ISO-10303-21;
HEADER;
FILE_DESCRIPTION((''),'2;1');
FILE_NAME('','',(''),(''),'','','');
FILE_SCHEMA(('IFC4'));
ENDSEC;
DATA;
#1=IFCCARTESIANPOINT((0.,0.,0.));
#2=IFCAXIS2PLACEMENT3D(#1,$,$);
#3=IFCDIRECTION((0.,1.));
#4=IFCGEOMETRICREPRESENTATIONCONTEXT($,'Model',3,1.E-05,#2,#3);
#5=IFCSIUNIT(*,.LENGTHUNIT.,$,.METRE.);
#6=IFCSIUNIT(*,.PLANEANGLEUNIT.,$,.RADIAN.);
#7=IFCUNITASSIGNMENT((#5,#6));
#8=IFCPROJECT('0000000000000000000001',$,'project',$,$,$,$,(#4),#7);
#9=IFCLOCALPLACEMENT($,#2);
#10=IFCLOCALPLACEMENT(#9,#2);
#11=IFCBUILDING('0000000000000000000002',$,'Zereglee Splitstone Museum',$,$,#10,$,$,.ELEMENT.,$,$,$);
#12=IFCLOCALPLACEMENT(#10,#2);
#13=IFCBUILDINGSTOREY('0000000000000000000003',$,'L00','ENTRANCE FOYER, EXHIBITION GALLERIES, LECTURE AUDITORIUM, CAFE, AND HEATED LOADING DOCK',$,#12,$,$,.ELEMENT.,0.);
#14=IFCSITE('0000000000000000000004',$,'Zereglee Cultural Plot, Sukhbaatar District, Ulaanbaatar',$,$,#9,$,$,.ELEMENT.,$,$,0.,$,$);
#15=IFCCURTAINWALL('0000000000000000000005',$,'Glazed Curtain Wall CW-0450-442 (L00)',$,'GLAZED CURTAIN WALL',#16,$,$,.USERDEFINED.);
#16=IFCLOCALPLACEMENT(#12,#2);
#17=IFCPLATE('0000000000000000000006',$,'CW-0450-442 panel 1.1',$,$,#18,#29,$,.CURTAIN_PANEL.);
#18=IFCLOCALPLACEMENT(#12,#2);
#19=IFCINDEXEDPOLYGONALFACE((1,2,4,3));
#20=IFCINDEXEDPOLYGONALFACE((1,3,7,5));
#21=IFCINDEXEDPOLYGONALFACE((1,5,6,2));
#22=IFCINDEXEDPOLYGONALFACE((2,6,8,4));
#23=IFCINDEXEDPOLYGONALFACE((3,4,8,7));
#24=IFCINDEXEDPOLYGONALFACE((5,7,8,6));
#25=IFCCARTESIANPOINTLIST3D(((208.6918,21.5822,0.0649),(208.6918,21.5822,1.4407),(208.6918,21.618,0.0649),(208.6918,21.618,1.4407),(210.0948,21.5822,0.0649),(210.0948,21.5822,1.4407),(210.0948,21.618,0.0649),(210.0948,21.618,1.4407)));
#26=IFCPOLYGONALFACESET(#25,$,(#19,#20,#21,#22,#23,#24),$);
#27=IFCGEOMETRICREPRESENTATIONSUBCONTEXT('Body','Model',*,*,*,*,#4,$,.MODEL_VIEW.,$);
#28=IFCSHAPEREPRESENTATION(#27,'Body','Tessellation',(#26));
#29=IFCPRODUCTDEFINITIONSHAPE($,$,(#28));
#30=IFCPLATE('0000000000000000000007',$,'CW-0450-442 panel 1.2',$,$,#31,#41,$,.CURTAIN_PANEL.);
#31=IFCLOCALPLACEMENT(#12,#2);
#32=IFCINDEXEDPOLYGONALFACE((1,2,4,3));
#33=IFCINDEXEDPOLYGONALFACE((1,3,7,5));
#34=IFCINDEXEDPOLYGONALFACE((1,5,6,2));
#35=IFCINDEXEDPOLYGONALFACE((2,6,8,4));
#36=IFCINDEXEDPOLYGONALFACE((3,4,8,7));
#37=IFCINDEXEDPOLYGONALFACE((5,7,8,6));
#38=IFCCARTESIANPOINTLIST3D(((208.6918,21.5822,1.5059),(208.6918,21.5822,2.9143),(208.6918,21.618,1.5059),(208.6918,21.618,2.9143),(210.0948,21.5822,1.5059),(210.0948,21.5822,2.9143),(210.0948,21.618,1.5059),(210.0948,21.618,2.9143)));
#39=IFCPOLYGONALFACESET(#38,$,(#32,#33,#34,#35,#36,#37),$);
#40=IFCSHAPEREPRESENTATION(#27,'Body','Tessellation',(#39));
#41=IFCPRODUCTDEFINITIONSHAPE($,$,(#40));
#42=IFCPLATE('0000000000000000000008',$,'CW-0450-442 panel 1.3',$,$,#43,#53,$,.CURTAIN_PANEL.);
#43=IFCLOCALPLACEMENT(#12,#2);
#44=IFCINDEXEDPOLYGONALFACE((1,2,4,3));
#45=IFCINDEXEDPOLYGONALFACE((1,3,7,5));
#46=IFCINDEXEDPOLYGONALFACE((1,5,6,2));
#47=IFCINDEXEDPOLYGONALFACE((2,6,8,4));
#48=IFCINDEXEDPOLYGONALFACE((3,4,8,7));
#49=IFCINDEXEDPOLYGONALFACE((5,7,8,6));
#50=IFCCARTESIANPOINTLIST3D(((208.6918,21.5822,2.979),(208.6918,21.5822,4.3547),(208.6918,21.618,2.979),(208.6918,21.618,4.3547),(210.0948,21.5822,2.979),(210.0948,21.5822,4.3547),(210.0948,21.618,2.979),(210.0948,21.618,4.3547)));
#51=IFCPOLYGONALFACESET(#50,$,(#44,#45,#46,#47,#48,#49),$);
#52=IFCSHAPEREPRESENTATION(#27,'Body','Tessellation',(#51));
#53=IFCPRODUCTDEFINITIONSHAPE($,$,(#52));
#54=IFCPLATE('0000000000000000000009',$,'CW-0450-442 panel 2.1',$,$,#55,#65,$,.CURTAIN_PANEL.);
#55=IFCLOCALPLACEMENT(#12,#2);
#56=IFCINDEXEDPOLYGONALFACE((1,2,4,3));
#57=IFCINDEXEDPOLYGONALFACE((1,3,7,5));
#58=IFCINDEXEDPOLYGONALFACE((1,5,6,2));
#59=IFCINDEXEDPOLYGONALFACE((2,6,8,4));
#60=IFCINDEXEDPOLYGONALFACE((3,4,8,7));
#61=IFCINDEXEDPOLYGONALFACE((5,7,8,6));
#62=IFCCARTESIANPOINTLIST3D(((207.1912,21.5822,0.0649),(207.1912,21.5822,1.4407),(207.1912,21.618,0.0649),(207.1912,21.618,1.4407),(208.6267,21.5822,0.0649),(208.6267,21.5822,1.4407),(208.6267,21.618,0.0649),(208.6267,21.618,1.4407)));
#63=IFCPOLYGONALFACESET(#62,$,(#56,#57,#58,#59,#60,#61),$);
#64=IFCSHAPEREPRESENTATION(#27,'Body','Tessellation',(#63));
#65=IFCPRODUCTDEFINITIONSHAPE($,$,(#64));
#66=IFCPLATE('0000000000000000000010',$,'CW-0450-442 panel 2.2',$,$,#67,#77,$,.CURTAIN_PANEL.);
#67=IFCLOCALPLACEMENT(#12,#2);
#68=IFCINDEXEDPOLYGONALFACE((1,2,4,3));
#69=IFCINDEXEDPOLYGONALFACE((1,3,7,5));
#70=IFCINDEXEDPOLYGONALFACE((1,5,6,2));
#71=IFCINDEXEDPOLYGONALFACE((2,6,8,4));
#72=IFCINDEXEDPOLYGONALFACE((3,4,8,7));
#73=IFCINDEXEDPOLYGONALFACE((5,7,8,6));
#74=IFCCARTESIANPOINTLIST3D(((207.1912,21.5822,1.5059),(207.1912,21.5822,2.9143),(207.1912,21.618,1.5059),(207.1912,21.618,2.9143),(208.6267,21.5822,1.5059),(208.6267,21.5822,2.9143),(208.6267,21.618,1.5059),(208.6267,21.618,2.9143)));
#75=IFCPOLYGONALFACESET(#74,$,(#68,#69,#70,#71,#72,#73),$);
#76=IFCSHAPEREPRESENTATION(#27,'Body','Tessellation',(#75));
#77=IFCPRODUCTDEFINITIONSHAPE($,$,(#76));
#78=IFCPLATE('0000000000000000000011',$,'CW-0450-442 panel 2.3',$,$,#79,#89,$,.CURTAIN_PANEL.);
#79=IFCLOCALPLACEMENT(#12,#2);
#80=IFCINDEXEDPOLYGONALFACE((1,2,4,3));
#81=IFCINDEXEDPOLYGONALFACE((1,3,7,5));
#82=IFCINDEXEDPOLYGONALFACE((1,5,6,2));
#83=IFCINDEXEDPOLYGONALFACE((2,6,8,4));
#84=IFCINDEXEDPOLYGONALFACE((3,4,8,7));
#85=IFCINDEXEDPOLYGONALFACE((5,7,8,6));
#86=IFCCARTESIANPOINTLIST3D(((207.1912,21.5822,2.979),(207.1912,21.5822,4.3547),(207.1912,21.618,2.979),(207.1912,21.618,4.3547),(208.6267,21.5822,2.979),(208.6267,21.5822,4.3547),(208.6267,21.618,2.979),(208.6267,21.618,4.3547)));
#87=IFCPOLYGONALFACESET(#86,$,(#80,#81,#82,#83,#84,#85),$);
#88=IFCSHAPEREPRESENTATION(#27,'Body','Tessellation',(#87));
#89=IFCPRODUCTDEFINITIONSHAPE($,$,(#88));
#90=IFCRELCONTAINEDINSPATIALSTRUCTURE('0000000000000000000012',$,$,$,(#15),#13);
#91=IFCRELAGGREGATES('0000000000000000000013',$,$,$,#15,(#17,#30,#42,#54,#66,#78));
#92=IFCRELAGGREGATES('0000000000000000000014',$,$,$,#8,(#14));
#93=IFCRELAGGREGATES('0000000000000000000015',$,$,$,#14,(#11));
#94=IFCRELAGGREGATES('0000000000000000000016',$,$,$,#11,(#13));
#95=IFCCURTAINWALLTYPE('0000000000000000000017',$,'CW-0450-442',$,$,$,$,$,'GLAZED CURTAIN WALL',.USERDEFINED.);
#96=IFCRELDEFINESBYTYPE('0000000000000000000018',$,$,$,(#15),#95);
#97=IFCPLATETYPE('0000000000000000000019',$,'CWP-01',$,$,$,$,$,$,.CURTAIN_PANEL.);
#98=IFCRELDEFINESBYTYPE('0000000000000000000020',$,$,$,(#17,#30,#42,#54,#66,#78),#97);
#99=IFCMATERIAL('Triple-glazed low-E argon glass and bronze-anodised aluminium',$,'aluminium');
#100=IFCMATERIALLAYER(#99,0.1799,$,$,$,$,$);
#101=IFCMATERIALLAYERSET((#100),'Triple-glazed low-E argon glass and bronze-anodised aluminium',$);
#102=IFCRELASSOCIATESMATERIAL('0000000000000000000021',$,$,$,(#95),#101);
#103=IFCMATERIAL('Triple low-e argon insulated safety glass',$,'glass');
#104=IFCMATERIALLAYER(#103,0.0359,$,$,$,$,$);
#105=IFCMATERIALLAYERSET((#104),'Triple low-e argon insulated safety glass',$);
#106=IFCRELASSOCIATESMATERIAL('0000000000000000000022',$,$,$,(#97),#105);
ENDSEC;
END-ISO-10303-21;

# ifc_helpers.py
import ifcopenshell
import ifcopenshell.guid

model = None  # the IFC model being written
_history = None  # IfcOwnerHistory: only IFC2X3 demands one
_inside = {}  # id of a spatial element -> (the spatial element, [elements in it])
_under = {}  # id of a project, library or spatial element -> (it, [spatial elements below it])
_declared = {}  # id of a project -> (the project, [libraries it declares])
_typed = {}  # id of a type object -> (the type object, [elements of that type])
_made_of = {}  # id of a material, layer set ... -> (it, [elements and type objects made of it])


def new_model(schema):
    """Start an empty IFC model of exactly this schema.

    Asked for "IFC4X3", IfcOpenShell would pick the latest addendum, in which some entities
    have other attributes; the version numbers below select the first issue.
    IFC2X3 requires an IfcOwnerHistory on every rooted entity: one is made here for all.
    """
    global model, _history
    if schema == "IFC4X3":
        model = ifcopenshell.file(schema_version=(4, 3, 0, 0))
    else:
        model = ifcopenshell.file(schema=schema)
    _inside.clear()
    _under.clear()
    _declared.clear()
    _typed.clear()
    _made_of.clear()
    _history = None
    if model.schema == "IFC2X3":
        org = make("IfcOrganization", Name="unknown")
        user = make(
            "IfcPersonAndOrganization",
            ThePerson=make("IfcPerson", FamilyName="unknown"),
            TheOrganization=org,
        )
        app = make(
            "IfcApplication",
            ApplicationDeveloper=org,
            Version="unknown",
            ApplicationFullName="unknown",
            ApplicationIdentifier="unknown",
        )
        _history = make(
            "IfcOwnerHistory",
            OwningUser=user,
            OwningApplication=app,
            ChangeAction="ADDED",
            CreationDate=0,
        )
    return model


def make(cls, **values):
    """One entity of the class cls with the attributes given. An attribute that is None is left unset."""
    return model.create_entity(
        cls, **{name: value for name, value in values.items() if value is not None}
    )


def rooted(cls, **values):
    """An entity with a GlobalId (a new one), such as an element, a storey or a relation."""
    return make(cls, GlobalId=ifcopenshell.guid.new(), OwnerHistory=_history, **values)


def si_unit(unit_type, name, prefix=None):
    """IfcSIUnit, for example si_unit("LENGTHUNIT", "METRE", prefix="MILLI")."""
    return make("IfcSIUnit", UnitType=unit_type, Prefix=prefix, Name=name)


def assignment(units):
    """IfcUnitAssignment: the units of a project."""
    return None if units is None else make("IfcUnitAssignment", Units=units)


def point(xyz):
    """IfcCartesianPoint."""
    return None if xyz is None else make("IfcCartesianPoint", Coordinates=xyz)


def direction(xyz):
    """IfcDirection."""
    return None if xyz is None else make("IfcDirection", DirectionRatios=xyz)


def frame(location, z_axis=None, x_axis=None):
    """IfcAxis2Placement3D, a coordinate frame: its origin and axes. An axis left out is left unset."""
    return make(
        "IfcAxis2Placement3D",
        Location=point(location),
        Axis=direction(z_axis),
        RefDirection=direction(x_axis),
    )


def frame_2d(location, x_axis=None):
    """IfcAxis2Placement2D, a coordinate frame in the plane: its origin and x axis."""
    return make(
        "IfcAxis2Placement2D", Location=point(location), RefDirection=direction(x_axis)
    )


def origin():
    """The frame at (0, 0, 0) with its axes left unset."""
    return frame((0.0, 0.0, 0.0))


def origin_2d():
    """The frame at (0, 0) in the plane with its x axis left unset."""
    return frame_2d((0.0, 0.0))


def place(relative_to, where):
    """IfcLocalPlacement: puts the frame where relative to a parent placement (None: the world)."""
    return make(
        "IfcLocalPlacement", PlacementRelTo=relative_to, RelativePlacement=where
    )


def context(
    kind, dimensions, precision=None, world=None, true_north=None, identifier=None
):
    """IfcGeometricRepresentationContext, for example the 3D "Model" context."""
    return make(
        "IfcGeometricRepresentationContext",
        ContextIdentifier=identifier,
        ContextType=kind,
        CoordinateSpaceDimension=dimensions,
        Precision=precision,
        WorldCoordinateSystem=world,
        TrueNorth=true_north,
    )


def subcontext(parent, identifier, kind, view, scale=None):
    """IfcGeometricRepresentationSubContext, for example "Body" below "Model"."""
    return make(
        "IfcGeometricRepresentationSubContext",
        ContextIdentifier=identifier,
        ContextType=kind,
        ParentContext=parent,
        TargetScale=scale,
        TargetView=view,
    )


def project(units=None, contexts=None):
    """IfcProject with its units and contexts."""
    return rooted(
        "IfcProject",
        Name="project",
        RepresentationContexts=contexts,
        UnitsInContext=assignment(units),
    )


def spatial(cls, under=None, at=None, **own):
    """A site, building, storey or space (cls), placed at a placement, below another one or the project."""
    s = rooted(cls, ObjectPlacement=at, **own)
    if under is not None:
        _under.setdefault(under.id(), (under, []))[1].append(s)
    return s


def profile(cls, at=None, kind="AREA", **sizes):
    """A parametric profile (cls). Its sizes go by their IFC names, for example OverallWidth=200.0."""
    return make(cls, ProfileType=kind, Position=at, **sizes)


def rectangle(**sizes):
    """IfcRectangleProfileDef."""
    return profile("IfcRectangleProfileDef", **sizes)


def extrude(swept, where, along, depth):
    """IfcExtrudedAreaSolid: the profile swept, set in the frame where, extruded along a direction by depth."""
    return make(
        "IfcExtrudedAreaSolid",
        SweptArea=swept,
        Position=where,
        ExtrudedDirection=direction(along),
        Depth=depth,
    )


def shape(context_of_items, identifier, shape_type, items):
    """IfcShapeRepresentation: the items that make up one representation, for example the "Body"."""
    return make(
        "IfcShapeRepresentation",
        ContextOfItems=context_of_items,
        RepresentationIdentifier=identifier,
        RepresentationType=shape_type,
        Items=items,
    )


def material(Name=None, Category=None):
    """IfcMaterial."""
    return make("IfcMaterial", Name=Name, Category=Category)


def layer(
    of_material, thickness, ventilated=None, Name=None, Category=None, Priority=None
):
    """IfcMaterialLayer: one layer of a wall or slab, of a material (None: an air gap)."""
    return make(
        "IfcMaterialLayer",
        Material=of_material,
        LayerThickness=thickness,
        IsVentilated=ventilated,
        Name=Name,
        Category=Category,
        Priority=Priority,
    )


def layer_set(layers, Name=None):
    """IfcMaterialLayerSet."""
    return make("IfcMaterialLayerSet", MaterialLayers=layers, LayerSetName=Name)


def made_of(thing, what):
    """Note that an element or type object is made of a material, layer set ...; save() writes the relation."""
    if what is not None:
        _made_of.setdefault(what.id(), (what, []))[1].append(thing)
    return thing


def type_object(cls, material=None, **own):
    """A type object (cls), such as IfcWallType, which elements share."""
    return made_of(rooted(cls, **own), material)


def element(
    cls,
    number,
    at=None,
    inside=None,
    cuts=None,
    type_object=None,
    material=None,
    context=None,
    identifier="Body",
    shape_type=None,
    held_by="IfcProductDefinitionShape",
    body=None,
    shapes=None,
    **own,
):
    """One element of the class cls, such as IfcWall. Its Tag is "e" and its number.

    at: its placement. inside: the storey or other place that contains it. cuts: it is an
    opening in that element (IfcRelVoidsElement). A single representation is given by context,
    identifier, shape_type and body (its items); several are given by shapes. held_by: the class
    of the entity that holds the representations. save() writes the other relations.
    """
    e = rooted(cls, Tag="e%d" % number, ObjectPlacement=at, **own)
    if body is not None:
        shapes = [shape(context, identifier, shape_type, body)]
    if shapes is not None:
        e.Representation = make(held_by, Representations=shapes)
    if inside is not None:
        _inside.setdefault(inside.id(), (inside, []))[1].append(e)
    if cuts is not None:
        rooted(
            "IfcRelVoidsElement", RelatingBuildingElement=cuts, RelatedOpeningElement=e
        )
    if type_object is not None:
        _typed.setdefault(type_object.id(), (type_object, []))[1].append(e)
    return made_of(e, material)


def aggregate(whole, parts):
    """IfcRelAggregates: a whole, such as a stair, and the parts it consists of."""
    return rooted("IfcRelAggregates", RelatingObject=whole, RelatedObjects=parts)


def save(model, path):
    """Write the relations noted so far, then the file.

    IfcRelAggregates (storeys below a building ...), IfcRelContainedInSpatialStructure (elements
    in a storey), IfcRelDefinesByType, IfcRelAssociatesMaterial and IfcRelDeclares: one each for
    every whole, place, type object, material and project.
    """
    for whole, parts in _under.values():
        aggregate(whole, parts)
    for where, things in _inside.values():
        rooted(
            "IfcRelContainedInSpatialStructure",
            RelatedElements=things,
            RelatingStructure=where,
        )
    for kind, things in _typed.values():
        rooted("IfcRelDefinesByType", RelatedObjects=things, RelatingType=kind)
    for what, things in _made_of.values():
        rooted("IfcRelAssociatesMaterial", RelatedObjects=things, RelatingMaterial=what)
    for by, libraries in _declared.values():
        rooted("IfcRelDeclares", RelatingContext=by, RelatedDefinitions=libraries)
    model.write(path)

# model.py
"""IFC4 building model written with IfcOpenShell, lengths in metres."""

from ifc_helpers import new_model, si_unit, direction, frame, origin, origin_2d, place, context, subcontext, project, spatial, rectangle, extrude, material, layer, layer_set, type_object, element, aggregate, save


model = new_model("IFC4")

# Units and contexts
model_context = context("Model", 3, precision=1e-05, world=origin(), true_north=direction((0.0, 1.0)))
body_context = subcontext(model_context, "Body", "Model", "MODEL_VIEW")
ifc_project = project(units=[si_unit("LENGTHUNIT", "METRE"), si_unit("PLANEANGLEUNIT", "RADIAN")], contexts=[model_context])

# Site, building, storey
site_placement = place(None, origin())
site = spatial("IfcSite", under=ifc_project, at=site_placement, Name="Zereglee Cultural Plot, Sukhbaatar District, Ulaanbaatar", CompositionType="ELEMENT", RefElevation=0.0)
building_placement = place(site_placement, origin())
building = spatial("IfcBuilding", under=site, at=building_placement, Name="Zereglee Splitstone Museum", CompositionType="ELEMENT")
storey_placement = place(building_placement, origin())
storey = spatial("IfcBuildingStorey", under=building, at=storey_placement, Name="L00", Description="ENTRANCE FOYER, EXHIBITION GALLERIES, LECTURE AUDITORIUM, CAFE, AND HEATED LOADING DOCK", CompositionType="ELEMENT", Elevation=0.0)

# Shared definitions
ifc_material_1 = material(Name="Triple-glazed low-E argon glass and bronze-anodised aluminium", Category="aluminium")

# Curtain wall
ifc_layer_1 = layer(ifc_material_1, 0.1799)
ifc_layer_set_1 = layer_set([ifc_layer_1], Name="Triple-glazed low-E argon glass and bronze-anodised aluminium")
curtain_wall_type_1 = type_object("IfcCurtainWallType", Name="CW-0450-442", ElementType="GLAZED CURTAIN WALL", PredefinedType="USERDEFINED", material=ifc_layer_set_1)
curtain_wall_1_placement = place(storey_placement, origin())
curtain_wall_1 = element("IfcCurtainWall", 1, at=curtain_wall_1_placement, inside=storey, type_object=curtain_wall_type_1, Name="Glazed Curtain Wall CW-0450-442 (L00)", ObjectType="GLAZED CURTAIN WALL", PredefinedType="USERDEFINED")

# Plates
ifc_material_2 = material(Name="Triple low-e argon insulated safety glass", Category="glass")
ifc_layer_2 = layer(ifc_material_2, 0.0359)
ifc_layer_set_2 = layer_set([ifc_layer_2], Name="Triple low-e argon insulated safety glass")
plate_type = type_object("IfcPlateType", Name="CWP-01", PredefinedType="CURTAIN_PANEL", material=ifc_layer_set_2)
plate_1_placement = place(storey_placement, frame((209.3933, 21.6001, 0.0649), z_axis=(0.0, 0.0, 1.0), x_axis=(-1.0, 0.0, 0.0)))
plate_1 = element("IfcPlate", 2, at=plate_1_placement, type_object=plate_type, Name="CW-0450-442 panel 1.1", PredefinedType="CURTAIN_PANEL", context=body_context, shape_type="SweptSolid", body=[
    extrude(rectangle(XDim=1.4031, YDim=0.0359, at=origin_2d()), origin(), (0.0, 0.0, 1.0), 1.3757),
])
plate_2_placement = place(storey_placement, frame((209.3933, 21.6001, 1.5059), z_axis=(0.0, 0.0, 1.0), x_axis=(-1.0, 0.0, 0.0)))
plate_2 = element("IfcPlate", 3, at=plate_2_placement, type_object=plate_type, Name="CW-0450-442 panel 1.2", PredefinedType="CURTAIN_PANEL", context=body_context, shape_type="SweptSolid", body=[
    extrude(rectangle(XDim=1.4031, YDim=0.0359, at=origin_2d()), origin(), (0.0, 0.0, 1.0), 1.4084),
])
plate_3_placement = place(storey_placement, frame((209.3933, 21.6001, 2.979), z_axis=(0.0, 0.0, 1.0), x_axis=(-1.0, 0.0, 0.0)))
plate_3 = element("IfcPlate", 4, at=plate_3_placement, type_object=plate_type, Name="CW-0450-442 panel 1.3", PredefinedType="CURTAIN_PANEL", context=body_context, shape_type="SweptSolid", body=[
    extrude(rectangle(XDim=1.4031, YDim=0.0359, at=origin_2d()), origin(), (0.0, 0.0, 1.0), 1.3757),
])
plate_4_placement = place(storey_placement, frame((207.9089, 21.6001, 0.0649), z_axis=(0.0, 0.0, 1.0), x_axis=(-1.0, 0.0, 0.0)))
plate_4 = element("IfcPlate", 5, at=plate_4_placement, type_object=plate_type, Name="CW-0450-442 panel 2.1", PredefinedType="CURTAIN_PANEL", context=body_context, shape_type="SweptSolid", body=[
    extrude(rectangle(XDim=1.4355, YDim=0.0359, at=origin_2d()), origin(), (0.0, 0.0, 1.0), 1.3757),
])
plate_5_placement = place(storey_placement, frame((207.9089, 21.6001, 1.5059), z_axis=(0.0, 0.0, 1.0), x_axis=(-1.0, 0.0, 0.0)))
plate_5 = element("IfcPlate", 6, at=plate_5_placement, type_object=plate_type, Name="CW-0450-442 panel 2.2", PredefinedType="CURTAIN_PANEL", context=body_context, shape_type="SweptSolid", body=[
    extrude(rectangle(XDim=1.4355, YDim=0.0359, at=origin_2d()), origin(), (0.0, 0.0, 1.0), 1.4084),
])
plate_6_placement = place(storey_placement, frame((207.9089, 21.6001, 2.979), z_axis=(0.0, 0.0, 1.0), x_axis=(-1.0, 0.0, 0.0)))
plate_6 = element("IfcPlate", 7, at=plate_6_placement, type_object=plate_type, Name="CW-0450-442 panel 2.3", PredefinedType="CURTAIN_PANEL", context=body_context, shape_type="SweptSolid", body=[
    extrude(rectangle(XDim=1.4355, YDim=0.0359, at=origin_2d()), origin(), (0.0, 0.0, 1.0), 1.3757),
])
aggregate(curtain_wall_1, [plate_1, plate_2, plate_3, plate_4, plate_5, plate_6])

save(model, "model.ifc")
